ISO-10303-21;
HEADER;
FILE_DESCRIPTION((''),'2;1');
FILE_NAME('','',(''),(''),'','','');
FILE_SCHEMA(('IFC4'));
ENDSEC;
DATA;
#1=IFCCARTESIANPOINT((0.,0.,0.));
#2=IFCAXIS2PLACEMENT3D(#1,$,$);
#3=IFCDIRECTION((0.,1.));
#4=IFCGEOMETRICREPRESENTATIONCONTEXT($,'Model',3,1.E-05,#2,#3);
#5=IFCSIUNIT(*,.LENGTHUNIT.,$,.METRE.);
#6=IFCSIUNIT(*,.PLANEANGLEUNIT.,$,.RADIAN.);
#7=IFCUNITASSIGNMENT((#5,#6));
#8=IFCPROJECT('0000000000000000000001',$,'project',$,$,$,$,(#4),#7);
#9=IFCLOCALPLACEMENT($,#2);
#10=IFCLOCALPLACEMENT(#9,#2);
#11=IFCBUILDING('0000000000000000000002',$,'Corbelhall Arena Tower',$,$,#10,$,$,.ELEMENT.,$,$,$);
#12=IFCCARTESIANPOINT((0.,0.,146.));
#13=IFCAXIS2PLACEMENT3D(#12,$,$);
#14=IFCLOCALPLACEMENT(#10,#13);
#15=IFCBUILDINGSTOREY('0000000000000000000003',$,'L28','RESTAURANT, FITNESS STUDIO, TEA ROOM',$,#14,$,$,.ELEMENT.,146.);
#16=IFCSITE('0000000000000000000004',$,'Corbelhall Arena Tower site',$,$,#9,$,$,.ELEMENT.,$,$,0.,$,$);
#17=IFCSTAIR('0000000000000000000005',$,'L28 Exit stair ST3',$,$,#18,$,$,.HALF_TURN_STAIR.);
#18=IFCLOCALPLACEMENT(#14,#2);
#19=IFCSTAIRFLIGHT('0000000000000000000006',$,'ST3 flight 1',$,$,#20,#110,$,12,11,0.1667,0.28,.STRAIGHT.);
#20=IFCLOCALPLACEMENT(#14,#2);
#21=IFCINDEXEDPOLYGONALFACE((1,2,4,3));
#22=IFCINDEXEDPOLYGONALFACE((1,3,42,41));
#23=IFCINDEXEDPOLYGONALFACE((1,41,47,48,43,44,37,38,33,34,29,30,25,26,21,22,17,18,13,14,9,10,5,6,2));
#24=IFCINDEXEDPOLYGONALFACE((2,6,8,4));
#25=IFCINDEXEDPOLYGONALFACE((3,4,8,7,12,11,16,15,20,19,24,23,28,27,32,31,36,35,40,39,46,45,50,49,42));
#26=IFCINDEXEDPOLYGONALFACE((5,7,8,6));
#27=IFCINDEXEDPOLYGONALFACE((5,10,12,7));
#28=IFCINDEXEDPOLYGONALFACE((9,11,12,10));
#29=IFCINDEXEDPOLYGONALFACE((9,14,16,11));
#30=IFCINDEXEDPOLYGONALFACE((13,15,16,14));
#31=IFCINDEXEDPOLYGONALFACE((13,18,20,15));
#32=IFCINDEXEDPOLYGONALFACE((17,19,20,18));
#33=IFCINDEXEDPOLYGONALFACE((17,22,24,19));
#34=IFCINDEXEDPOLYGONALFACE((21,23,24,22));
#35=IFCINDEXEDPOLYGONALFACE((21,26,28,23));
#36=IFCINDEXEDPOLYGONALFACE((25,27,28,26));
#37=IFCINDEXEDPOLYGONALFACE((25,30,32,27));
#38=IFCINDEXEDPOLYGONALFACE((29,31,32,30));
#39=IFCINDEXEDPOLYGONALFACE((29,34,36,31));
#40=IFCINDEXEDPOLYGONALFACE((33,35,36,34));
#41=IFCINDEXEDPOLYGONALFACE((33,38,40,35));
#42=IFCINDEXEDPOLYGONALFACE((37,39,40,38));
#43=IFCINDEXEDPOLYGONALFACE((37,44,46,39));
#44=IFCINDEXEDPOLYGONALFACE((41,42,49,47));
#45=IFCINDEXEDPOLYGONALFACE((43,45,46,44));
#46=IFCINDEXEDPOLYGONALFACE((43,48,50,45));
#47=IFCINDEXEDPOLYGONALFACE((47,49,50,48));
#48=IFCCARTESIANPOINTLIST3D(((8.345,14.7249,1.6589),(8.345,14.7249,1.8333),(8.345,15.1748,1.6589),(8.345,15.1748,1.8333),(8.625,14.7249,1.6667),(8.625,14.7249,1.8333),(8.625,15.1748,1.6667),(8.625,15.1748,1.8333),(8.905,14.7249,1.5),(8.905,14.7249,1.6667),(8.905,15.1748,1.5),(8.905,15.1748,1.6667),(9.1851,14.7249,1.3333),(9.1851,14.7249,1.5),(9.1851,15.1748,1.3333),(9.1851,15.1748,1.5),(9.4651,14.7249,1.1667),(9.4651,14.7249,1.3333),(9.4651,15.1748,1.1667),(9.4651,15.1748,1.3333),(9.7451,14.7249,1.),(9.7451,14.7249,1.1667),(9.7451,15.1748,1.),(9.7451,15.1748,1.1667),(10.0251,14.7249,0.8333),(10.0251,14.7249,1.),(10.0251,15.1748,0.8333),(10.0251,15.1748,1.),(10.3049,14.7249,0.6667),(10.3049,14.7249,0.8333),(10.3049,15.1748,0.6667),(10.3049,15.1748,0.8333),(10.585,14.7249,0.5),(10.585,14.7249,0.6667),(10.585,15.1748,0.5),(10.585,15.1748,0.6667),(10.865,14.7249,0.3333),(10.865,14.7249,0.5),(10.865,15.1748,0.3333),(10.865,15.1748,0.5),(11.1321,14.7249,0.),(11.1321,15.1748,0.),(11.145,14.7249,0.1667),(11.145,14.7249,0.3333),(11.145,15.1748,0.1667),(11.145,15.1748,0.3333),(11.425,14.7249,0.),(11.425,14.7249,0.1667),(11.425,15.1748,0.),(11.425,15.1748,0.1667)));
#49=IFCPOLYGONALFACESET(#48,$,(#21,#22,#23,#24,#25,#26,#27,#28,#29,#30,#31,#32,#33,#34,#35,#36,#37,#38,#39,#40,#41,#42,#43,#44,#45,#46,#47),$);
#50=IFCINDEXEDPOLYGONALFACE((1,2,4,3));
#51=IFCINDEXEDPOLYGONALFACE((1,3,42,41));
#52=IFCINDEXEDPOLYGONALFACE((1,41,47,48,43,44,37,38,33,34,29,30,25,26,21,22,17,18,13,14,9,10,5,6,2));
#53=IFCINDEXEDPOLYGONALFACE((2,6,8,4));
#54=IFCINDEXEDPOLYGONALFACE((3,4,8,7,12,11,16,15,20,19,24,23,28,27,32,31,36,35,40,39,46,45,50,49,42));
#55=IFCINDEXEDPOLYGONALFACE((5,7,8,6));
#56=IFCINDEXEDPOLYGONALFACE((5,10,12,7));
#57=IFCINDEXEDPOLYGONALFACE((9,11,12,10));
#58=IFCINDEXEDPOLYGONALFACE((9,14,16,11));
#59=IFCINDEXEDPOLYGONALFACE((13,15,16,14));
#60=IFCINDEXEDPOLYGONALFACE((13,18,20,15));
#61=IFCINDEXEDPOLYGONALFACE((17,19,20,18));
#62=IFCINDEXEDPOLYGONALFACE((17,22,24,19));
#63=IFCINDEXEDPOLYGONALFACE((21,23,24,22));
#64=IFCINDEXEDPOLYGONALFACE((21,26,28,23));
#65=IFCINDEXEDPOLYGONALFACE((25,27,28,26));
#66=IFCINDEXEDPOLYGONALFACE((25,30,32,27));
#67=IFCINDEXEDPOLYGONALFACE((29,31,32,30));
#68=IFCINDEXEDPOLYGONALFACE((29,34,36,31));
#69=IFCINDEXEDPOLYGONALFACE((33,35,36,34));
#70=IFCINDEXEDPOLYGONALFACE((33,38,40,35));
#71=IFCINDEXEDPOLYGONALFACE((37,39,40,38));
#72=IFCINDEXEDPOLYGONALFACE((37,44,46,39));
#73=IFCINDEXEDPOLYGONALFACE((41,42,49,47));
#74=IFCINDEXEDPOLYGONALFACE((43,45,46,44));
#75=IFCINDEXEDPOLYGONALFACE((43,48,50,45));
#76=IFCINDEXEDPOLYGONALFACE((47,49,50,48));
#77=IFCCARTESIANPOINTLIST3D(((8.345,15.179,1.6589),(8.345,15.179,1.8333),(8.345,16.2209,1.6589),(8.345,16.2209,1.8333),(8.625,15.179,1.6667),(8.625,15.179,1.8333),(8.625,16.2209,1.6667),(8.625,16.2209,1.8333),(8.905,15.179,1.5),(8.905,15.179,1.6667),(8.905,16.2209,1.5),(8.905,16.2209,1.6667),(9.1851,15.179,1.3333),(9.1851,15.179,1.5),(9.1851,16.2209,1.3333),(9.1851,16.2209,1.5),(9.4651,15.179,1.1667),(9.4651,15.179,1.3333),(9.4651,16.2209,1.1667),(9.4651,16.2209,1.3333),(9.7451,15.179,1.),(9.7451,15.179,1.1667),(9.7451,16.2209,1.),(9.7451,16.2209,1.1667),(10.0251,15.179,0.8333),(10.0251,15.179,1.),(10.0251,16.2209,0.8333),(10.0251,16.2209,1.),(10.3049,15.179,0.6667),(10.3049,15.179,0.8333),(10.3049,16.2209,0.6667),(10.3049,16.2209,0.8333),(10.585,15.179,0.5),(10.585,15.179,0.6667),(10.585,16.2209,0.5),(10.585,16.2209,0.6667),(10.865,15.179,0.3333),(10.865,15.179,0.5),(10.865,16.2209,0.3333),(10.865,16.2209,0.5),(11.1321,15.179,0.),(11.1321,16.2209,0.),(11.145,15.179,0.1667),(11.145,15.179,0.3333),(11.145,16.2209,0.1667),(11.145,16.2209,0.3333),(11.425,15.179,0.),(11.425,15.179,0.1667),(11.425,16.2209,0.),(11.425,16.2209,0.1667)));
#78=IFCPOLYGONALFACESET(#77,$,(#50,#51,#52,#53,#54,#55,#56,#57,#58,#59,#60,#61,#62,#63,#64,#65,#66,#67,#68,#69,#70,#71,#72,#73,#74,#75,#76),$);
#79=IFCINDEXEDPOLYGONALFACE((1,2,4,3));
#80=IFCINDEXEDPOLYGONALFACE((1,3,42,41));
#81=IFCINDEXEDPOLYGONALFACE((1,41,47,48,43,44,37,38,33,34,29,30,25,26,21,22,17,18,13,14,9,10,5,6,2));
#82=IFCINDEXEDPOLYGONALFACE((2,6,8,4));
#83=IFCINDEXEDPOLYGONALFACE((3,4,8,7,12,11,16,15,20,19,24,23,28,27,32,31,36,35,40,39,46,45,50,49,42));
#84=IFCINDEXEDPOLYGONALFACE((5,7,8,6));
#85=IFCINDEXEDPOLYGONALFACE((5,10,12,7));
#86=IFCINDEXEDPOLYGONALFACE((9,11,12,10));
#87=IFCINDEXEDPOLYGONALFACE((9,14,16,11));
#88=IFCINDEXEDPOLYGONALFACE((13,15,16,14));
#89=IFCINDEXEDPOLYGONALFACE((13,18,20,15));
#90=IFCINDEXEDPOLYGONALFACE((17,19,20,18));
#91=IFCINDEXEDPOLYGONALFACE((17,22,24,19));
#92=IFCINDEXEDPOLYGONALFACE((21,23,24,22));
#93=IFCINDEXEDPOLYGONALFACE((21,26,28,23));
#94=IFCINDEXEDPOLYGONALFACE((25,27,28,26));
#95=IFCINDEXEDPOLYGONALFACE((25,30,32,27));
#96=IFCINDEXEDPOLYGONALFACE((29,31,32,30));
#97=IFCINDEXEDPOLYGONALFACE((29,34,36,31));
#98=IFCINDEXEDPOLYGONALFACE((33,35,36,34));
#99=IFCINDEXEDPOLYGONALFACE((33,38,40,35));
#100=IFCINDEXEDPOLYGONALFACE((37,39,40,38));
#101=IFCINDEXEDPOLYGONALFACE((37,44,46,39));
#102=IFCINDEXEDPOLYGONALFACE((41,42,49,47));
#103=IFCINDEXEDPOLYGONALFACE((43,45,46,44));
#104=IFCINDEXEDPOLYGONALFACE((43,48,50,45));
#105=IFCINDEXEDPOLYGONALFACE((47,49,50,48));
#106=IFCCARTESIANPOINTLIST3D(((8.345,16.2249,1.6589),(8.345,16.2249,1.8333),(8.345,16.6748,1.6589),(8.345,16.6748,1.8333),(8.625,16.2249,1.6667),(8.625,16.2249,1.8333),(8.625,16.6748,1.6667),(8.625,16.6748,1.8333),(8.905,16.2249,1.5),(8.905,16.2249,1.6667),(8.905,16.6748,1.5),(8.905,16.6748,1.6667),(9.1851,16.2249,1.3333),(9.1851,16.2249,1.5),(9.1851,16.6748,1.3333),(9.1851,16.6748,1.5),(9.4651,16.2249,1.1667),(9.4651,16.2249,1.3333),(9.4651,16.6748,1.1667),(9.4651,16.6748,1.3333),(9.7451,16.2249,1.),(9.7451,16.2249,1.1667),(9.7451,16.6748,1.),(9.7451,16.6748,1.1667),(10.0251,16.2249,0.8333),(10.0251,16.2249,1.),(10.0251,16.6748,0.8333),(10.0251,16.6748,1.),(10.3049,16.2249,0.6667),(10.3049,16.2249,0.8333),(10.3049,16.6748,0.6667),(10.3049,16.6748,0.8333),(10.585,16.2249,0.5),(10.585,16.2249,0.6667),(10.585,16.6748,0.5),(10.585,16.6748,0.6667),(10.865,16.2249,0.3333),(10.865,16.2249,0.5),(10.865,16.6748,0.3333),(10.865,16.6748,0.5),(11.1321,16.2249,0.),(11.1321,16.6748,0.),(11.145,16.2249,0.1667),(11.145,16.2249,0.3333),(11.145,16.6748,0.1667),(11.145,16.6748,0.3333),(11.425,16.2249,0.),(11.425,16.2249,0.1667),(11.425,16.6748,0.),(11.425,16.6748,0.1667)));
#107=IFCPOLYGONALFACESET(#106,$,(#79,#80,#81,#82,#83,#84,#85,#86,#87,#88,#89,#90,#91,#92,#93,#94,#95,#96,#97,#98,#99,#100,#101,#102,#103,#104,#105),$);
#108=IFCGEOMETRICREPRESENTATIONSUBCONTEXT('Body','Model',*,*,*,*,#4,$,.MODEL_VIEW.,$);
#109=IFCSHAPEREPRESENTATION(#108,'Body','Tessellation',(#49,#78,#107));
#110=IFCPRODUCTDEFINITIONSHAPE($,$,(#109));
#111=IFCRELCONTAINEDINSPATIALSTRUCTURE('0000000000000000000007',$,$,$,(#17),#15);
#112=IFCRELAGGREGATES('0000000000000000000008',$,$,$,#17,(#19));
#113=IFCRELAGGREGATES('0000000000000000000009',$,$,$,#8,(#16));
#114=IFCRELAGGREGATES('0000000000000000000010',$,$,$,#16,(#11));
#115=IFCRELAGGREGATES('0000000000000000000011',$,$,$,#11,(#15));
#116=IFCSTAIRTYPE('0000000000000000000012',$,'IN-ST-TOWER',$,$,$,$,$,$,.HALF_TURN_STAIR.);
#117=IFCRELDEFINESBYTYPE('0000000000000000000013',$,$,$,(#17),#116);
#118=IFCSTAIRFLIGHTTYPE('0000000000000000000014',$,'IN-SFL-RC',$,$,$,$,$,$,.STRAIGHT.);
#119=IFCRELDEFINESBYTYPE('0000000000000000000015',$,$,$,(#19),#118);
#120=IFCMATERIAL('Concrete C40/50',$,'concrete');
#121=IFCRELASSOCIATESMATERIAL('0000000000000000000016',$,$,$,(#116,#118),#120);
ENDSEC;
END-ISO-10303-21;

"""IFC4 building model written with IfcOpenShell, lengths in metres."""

from ifc_helpers import new_model, si_unit, direction, frame, origin, place, context, subcontext, project, spatial, polyline, outline, extrude, material, type_object, element, aggregate, save


model = new_model("IFC4")

# Units and contexts
model_context = context("Model", 3, precision=1e-05, world=origin(), true_north=direction((0.0, 1.0)))
body_context = subcontext(model_context, "Body", "Model", "MODEL_VIEW")
ifc_project = project(units=[si_unit("LENGTHUNIT", "METRE"), si_unit("PLANEANGLEUNIT", "RADIAN")], contexts=[model_context])

# Site, building, storey
site_placement = place(None, origin())
site = spatial("IfcSite", under=ifc_project, at=site_placement, Name="Corbelhall Arena Tower site", CompositionType="ELEMENT", RefElevation=0.0)
building_placement = place(site_placement, origin())
building = spatial("IfcBuilding", under=site, at=building_placement, Name="Corbelhall Arena Tower", CompositionType="ELEMENT")
storey_placement = place(building_placement, frame((0.0, 0.0, 146.0)))
storey = spatial("IfcBuildingStorey", under=building, at=storey_placement, Name="L28", Description="RESTAURANT, FITNESS STUDIO, TEA ROOM", CompositionType="ELEMENT", Elevation=146.0)

# Shared definitions
ifc_material_1 = material(Name="Concrete C40/50", Category="concrete")

# Stair, stair flight
stair_type = type_object("IfcStairType", Name="IN-ST-TOWER", PredefinedType="HALF_TURN_STAIR", material=ifc_material_1)
stair_placement = place(storey_placement, origin())
stair = element("IfcStair", 1, at=stair_placement, inside=storey, type_object=stair_type, Name="L28 Exit stair ST3", PredefinedType="HALF_TURN_STAIR")
stair_flight_type = type_object("IfcStairFlightType", Name="IN-SFL-RC", PredefinedType="STRAIGHT", material=ifc_material_1)
stair_flight_1_placement = place(storey_placement, frame((11.425, 15.7, 0.0), z_axis=(0.0, 0.0, 1.0), x_axis=(-1.0, 0.0, 0.0)))
stair_flight_1 = element("IfcStairFlight", 2, at=stair_flight_1_placement, type_object=stair_flight_type, Name="ST3 flight 1", NumberOfRisers=12, NumberOfTreads=11, PredefinedType="STRAIGHT", RiserHeight=0.1667, TreadLength=0.28, context=body_context, shape_type="SweptSolid", body=[
    extrude(outline(polyline([(0.0, 0.0), (0.0, 0.1667), (0.28, 0.1667), (0.28, 0.3333), (0.5601, 0.3333), (0.5601, 0.5), (0.8401, 0.5), (0.8401, 0.6667), (1.1201, 0.6667), (1.1201, 0.8333), (1.3999, 0.8333), (1.3999, 1.0), (1.6799, 1.0), (1.6799, 1.1667), (1.96, 1.1667), (1.96, 1.3333), (2.24, 1.3333), (2.24, 1.5), (2.52, 1.5), (2.52, 1.6667), (2.8, 1.6667), (2.8, 1.8333), (3.0801, 1.8333), (3.0801, 2.0), (3.0801, 1.6589), (0.293, 0.0), (0.0, 0.0)])), frame((0.0, 0.9751, 0.0), z_axis=(0.0, -1.0, 0.0), x_axis=(1.0, 0.0, 0.0)), (0.0, 0.0, 1.0), 0.45),
    extrude(outline(polyline([(0.0, 0.0), (0.0, 0.1667), (0.28, 0.1667), (0.28, 0.3333), (0.5601, 0.3333), (0.5601, 0.5), (0.8401, 0.5), (0.8401, 0.6667), (1.1201, 0.6667), (1.1201, 0.8333), (1.3999, 0.8333), (1.3999, 1.0), (1.6799, 1.0), (1.6799, 1.1667), (1.96, 1.1667), (1.96, 1.3333), (2.24, 1.3333), (2.24, 1.5), (2.52, 1.5), (2.52, 1.6667), (2.8, 1.6667), (2.8, 1.8333), (3.0801, 1.8333), (3.0801, 2.0), (3.0801, 1.6589), (0.293, 0.0), (0.0, 0.0)])), frame((0.0, 0.521, 0.0), z_axis=(0.0, -1.0, 0.0), x_axis=(1.0, 0.0, 0.0)), (0.0, 0.0, 1.0), 1.042),
    extrude(outline(polyline([(0.0, 0.0), (0.0, 0.1667), (0.28, 0.1667), (0.28, 0.3333), (0.5601, 0.3333), (0.5601, 0.5), (0.8401, 0.5), (0.8401, 0.6667), (1.1201, 0.6667), (1.1201, 0.8333), (1.3999, 0.8333), (1.3999, 1.0), (1.6799, 1.0), (1.6799, 1.1667), (1.96, 1.1667), (1.96, 1.3333), (2.24, 1.3333), (2.24, 1.5), (2.52, 1.5), (2.52, 1.6667), (2.8, 1.6667), (2.8, 1.8333), (3.0801, 1.8333), (3.0801, 2.0), (3.0801, 1.6589), (0.293, 0.0), (0.0, 0.0)])), frame((0.0, -0.5249, 0.0), z_axis=(0.0, -1.0, 0.0), x_axis=(1.0, 0.0, 0.0)), (0.0, 0.0, 1.0), 0.45),
])
aggregate(stair, [stair_flight_1])

save(model, "model.ifc")
